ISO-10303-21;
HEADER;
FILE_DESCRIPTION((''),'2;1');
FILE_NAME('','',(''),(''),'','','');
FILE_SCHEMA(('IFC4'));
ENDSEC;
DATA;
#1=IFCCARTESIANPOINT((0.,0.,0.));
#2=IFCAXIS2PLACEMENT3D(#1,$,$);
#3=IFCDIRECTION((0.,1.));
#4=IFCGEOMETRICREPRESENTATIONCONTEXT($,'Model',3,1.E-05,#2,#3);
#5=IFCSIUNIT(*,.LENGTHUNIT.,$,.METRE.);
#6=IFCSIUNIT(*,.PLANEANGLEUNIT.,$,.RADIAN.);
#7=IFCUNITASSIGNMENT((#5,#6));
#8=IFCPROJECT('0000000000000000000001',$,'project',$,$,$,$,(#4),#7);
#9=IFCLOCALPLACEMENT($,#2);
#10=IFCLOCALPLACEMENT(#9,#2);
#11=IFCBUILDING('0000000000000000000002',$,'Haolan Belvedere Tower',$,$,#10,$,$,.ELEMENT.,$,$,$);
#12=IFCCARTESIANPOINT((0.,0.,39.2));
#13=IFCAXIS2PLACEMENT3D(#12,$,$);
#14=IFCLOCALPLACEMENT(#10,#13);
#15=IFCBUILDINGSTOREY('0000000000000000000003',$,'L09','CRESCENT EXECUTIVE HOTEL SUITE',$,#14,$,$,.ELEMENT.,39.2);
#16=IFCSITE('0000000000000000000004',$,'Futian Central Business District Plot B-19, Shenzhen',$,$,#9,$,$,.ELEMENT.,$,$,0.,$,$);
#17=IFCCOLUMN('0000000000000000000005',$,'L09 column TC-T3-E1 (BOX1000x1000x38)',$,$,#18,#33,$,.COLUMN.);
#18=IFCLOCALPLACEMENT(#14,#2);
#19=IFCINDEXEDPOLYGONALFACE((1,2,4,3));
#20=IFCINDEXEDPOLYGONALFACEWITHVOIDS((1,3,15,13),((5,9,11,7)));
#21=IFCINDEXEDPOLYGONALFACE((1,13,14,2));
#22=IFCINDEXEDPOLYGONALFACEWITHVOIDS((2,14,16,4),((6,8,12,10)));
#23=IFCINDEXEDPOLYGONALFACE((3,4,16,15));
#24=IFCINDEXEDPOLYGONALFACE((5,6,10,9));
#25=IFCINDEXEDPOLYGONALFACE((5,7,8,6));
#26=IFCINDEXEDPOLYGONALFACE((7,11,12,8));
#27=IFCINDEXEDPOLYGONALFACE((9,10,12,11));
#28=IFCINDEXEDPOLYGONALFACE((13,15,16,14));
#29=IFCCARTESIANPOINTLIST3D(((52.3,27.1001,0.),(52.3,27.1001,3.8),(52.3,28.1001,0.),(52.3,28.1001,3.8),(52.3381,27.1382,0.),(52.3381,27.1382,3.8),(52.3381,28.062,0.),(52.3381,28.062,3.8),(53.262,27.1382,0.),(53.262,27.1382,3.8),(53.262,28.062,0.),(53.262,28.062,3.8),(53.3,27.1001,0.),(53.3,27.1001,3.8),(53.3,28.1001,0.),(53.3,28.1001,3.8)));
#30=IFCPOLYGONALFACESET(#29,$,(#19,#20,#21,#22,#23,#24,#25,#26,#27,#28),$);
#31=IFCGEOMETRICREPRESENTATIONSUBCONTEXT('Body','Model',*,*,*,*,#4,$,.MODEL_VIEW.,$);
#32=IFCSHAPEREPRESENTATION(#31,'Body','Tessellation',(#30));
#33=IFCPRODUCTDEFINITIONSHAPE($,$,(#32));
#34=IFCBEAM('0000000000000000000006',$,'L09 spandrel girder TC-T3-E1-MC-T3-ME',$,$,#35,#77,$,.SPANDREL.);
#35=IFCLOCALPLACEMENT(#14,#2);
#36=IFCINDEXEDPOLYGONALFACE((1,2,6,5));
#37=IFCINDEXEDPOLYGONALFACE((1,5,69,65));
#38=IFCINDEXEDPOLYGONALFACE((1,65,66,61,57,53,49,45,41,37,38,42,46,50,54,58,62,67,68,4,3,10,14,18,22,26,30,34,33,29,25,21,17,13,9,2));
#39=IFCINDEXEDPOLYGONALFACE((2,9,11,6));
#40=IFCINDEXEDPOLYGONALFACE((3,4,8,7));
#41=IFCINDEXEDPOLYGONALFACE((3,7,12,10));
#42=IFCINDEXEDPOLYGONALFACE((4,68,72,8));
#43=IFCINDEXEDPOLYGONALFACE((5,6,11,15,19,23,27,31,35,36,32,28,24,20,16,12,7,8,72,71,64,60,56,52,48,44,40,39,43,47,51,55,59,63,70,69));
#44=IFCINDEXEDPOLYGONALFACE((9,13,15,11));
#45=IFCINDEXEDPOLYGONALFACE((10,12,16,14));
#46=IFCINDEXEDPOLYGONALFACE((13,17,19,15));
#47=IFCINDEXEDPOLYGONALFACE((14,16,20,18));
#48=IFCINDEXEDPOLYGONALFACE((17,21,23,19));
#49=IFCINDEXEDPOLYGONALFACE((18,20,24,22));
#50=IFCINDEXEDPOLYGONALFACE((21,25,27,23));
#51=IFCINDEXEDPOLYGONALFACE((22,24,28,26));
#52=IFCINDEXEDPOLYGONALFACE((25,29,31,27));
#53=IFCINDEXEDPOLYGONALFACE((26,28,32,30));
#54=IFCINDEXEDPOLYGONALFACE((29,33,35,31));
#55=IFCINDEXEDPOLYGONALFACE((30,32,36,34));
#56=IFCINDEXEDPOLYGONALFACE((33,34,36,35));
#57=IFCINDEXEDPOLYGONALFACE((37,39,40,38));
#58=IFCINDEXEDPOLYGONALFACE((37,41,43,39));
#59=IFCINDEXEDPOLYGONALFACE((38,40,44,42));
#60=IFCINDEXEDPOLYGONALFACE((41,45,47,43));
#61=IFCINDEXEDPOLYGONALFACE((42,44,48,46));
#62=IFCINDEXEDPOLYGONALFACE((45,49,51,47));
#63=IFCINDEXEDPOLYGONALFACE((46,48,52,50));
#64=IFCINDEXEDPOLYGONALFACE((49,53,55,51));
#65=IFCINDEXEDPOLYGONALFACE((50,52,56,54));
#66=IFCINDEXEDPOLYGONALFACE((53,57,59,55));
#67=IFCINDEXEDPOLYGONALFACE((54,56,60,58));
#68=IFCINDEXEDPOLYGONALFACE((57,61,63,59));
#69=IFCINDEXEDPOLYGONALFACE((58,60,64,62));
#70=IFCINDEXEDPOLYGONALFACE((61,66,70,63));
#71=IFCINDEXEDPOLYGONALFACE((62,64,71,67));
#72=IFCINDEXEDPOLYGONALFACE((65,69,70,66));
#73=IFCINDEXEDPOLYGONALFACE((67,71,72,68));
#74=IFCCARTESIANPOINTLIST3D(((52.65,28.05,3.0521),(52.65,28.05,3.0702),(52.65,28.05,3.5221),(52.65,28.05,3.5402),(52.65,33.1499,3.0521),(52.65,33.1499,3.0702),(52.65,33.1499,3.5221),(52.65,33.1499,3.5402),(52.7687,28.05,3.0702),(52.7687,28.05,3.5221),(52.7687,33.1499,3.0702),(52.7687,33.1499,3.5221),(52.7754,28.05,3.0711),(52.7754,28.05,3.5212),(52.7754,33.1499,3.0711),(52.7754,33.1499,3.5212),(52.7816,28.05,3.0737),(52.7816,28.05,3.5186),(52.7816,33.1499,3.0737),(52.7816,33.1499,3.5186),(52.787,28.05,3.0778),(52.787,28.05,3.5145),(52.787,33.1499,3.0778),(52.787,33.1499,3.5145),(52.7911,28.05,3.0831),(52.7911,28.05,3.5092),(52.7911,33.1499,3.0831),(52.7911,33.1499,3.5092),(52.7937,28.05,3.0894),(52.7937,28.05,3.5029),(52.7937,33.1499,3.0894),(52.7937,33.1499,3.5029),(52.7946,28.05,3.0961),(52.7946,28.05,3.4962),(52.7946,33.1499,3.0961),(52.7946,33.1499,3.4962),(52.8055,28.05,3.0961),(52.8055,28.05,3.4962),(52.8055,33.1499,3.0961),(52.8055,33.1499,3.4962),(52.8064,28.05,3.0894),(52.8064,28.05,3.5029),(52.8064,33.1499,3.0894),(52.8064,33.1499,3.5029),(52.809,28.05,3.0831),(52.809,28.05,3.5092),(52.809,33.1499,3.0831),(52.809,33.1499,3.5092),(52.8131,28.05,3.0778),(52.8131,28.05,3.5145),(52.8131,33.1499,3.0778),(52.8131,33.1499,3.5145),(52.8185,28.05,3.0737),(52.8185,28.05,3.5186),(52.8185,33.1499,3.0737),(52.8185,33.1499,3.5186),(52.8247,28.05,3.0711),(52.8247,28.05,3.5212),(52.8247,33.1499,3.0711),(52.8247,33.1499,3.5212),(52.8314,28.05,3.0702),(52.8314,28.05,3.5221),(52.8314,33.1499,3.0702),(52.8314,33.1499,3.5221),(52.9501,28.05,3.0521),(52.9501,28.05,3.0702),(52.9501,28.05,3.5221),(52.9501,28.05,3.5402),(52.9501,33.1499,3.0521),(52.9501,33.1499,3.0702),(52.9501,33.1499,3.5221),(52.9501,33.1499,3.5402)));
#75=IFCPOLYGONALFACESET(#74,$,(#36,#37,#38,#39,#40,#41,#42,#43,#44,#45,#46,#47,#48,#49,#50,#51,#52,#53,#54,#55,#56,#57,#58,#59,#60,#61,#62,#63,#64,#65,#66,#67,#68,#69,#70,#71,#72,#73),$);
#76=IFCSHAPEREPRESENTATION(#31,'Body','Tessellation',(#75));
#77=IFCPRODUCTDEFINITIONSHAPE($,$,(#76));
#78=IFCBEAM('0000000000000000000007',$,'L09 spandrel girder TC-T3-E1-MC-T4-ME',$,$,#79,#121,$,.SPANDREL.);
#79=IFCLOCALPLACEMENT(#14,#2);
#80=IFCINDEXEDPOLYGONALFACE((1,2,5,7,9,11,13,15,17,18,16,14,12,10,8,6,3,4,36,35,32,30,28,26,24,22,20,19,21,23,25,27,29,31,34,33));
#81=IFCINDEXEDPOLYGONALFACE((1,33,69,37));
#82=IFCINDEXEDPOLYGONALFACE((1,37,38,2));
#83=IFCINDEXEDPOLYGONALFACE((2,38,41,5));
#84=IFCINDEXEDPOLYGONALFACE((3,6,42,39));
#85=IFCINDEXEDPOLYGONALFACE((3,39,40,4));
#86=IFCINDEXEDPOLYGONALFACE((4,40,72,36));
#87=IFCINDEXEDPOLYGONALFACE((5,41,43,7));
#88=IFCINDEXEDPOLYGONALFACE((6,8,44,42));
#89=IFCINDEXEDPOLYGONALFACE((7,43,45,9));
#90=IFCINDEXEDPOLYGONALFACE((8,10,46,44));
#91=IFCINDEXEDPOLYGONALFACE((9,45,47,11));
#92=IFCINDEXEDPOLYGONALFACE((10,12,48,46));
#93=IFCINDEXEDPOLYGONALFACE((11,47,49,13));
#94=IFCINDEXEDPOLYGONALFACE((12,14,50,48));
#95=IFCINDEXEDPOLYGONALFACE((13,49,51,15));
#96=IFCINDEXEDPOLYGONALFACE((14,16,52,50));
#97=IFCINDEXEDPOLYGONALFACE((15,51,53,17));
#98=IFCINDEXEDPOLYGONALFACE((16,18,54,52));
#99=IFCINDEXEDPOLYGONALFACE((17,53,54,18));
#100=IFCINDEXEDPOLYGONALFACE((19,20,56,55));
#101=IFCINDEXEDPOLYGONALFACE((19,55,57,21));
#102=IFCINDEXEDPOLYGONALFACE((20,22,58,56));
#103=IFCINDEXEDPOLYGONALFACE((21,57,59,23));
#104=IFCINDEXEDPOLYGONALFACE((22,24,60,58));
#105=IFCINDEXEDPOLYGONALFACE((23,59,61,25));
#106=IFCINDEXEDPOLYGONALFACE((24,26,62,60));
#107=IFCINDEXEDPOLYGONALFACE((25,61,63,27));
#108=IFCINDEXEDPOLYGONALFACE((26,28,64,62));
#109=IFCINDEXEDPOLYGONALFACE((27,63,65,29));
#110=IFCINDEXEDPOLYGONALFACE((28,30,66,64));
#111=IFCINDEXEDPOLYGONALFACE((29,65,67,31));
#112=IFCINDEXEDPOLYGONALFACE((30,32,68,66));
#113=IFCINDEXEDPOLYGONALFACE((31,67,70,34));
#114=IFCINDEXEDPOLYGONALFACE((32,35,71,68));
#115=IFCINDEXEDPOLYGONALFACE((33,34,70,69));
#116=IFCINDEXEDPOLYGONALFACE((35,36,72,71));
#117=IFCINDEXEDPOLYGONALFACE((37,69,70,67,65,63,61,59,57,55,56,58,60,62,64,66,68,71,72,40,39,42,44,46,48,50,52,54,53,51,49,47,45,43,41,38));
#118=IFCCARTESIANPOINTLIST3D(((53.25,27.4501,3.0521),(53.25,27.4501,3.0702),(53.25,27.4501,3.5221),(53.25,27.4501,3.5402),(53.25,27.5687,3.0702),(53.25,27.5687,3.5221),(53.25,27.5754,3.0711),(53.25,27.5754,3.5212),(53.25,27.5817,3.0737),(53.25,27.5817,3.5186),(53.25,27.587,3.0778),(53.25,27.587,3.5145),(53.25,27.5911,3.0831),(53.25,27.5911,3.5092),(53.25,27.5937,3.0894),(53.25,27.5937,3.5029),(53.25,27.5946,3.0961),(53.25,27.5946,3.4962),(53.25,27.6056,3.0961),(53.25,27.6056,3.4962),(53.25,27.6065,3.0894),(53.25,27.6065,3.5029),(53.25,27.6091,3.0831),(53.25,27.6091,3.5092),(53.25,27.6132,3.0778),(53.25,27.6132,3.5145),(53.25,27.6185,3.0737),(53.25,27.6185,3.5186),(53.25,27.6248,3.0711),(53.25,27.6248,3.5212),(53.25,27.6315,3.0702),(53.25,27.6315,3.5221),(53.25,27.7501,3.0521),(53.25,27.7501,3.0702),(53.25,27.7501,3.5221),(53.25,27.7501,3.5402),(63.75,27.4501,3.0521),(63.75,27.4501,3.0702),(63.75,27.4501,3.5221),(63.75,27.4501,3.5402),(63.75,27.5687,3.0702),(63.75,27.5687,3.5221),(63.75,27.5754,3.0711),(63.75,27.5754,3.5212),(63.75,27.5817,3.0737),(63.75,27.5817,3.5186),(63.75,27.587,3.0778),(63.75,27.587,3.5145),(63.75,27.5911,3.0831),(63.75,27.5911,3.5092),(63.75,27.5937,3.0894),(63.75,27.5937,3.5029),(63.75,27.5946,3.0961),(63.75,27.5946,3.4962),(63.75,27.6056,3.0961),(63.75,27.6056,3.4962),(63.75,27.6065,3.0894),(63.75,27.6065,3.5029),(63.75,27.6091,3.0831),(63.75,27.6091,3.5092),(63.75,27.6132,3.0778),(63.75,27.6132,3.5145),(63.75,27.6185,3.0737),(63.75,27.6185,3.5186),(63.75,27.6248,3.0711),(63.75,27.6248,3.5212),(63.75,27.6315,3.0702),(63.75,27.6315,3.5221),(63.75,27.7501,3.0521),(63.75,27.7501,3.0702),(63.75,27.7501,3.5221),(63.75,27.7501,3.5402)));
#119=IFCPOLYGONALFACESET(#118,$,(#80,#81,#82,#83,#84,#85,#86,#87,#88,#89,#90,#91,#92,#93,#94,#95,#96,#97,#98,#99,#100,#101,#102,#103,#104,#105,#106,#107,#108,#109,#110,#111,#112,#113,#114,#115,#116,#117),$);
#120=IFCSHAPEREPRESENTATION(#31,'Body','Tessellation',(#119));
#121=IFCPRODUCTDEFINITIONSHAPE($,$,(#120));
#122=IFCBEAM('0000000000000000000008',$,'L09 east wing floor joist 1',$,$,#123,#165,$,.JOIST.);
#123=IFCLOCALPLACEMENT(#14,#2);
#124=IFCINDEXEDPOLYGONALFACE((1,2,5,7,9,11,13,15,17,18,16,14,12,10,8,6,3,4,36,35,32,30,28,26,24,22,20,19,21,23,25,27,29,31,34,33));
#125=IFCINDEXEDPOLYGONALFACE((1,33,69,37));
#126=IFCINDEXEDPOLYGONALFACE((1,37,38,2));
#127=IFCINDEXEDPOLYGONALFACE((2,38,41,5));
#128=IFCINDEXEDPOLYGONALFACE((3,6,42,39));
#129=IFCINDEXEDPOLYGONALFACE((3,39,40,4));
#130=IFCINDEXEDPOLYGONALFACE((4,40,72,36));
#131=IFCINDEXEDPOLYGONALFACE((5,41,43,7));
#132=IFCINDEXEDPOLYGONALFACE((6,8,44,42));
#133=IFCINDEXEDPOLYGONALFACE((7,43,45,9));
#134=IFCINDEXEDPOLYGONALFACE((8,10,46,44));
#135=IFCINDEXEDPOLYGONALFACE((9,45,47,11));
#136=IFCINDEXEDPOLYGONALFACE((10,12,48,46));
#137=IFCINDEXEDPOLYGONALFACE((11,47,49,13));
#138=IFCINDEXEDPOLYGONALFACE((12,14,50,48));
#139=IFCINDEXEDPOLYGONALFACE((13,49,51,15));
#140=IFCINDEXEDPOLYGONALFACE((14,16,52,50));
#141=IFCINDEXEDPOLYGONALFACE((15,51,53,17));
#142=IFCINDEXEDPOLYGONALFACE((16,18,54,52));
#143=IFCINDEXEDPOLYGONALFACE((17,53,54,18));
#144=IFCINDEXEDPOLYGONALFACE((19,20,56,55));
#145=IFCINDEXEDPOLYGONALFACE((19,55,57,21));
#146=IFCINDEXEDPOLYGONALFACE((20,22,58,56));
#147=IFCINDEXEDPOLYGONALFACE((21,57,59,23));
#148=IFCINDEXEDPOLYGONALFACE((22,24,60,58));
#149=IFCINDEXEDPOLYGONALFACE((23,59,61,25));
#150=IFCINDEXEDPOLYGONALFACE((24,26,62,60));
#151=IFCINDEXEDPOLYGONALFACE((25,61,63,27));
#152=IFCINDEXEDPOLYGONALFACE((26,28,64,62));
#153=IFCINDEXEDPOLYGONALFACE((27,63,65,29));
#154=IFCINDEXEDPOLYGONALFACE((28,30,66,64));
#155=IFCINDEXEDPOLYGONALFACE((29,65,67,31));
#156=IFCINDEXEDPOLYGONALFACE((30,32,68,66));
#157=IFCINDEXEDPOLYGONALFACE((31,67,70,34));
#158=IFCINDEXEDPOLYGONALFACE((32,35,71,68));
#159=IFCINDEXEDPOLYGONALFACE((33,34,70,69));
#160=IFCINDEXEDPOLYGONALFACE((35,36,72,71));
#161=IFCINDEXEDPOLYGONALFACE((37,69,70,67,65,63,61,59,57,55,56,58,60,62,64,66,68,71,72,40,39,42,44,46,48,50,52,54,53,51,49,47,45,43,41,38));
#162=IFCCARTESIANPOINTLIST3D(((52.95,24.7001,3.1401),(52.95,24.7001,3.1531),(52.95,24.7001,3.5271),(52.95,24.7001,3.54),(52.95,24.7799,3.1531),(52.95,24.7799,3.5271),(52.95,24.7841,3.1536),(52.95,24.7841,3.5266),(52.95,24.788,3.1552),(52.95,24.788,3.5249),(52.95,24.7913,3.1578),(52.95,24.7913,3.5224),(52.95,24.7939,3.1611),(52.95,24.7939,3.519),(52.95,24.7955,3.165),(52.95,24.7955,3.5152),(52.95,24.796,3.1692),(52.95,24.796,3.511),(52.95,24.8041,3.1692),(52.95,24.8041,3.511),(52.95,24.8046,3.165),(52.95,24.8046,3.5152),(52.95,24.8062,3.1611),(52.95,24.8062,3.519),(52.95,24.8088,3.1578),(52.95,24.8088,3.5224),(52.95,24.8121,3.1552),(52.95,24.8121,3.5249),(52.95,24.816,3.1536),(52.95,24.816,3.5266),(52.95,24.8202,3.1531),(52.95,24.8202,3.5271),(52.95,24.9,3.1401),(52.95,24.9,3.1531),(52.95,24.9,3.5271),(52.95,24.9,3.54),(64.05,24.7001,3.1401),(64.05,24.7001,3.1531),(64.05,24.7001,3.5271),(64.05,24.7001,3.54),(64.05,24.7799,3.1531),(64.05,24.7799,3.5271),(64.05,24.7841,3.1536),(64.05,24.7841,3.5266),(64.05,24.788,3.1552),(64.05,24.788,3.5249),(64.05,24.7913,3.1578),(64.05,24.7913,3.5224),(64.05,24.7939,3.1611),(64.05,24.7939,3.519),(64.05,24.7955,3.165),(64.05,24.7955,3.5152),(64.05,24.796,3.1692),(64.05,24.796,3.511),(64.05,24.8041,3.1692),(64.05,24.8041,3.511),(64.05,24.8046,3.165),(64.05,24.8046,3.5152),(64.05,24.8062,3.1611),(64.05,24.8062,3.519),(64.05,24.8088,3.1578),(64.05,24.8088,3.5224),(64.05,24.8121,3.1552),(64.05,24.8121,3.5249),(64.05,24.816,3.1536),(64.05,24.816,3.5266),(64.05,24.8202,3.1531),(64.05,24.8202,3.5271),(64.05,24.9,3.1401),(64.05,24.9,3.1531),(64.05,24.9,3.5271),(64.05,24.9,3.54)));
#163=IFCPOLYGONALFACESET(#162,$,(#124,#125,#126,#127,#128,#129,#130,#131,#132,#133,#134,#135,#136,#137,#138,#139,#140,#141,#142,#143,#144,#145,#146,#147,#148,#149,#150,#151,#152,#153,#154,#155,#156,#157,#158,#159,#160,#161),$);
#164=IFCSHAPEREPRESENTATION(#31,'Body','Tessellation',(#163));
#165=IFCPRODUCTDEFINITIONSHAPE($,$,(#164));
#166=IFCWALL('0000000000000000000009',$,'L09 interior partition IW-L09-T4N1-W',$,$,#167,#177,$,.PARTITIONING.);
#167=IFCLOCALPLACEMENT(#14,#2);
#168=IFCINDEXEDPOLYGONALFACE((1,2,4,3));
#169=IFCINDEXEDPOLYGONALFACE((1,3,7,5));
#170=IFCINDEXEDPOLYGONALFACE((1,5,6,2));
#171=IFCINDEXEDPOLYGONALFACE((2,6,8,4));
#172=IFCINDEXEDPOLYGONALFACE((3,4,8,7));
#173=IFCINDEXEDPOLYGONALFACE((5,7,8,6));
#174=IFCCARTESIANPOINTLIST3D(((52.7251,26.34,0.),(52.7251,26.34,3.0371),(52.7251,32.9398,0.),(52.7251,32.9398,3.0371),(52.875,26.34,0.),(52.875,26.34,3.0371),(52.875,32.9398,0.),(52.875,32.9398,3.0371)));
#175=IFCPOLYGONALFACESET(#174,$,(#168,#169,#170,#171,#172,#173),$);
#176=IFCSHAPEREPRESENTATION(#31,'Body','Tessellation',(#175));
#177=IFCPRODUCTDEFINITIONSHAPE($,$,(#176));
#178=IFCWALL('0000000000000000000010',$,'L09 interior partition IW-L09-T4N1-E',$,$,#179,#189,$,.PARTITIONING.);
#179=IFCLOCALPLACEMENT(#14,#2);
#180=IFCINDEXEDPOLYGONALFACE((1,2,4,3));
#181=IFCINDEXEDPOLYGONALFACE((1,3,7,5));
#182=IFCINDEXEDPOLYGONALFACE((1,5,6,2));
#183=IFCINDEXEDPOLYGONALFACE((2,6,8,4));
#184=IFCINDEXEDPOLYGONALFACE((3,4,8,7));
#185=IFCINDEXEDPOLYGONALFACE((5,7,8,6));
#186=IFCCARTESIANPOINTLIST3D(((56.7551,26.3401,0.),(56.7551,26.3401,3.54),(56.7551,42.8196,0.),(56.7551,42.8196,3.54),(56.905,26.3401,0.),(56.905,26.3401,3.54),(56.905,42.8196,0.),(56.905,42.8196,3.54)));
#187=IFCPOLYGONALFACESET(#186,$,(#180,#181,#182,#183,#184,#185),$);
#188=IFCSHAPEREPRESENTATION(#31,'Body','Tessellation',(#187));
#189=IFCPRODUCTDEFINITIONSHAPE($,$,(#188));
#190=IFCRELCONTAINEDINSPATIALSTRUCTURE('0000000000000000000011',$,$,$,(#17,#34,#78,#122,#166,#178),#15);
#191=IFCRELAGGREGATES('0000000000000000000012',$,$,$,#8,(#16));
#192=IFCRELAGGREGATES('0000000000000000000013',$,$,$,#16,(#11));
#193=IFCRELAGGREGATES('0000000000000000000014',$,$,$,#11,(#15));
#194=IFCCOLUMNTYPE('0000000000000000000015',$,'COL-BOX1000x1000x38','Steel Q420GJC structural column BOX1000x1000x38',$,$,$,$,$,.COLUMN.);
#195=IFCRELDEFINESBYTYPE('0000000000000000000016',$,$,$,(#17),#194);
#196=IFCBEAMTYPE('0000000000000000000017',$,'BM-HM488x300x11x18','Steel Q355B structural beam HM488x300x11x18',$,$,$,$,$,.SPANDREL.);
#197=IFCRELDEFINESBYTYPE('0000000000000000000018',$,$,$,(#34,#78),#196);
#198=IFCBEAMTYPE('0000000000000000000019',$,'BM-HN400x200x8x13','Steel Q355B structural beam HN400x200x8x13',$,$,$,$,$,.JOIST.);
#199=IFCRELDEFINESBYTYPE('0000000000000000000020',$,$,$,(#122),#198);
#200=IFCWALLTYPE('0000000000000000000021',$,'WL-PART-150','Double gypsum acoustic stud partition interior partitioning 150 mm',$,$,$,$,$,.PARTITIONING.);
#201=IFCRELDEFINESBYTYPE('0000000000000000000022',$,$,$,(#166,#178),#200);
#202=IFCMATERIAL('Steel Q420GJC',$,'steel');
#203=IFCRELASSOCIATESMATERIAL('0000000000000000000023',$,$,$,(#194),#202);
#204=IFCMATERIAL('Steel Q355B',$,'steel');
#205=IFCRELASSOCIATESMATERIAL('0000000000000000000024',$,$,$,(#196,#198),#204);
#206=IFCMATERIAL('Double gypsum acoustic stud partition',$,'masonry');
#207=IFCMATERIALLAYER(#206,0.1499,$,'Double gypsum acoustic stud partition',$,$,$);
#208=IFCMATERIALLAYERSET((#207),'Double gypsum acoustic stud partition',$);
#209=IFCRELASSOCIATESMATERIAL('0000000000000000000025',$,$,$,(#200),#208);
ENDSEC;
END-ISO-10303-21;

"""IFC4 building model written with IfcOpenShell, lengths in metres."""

from ifc_helpers import new_model, si_unit, direction, frame, frame_2d, origin, origin_2d, place, context, subcontext, project, spatial, rectangle, hollow_rectangle, i_section, extrude, material, layer, layer_set, material_profile, profile_set, type_object, element, save


model = new_model("IFC4")

# Units and contexts
model_context = context("Model", 3, precision=1e-05, world=origin(), true_north=direction((0.0, 1.0)))
body_context = subcontext(model_context, "Body", "Model", "MODEL_VIEW")
ifc_project = project(units=[si_unit("LENGTHUNIT", "METRE"), si_unit("PLANEANGLEUNIT", "RADIAN")], contexts=[model_context])

# Site, building, storey
site_placement = place(None, origin())
site = spatial("IfcSite", under=ifc_project, at=site_placement, Name="Futian Central Business District Plot B-19, Shenzhen", CompositionType="ELEMENT", RefElevation=0.0)
building_placement = place(site_placement, origin())
building = spatial("IfcBuilding", under=site, at=building_placement, Name="Haolan Belvedere Tower", CompositionType="ELEMENT")
storey_placement = place(building_placement, frame((0.0, 0.0, 39.2)))
storey = spatial("IfcBuildingStorey", under=building, at=storey_placement, Name="L09", Description="CRESCENT EXECUTIVE HOTEL SUITE", CompositionType="ELEMENT", Elevation=39.2)

# Column
ifc_material_1 = material(Name="Steel Q420GJC", Category="steel")
ifc_material_profile_1 = material_profile(ifc_material_1, hollow_rectangle(XDim=1.0, YDim=1.0, WallThickness=0.0381, at=origin_2d()), Name="Steel Q420GJC")
ifc_profile_set_1 = profile_set([ifc_material_profile_1], Name="Steel Q420GJC")
column_type = type_object("IfcColumnType", Name="COL-BOX1000x1000x38", Description="Steel Q420GJC structural column BOX1000x1000x38", PredefinedType="COLUMN", material=ifc_profile_set_1)
column_placement = place(storey_placement, frame((52.8, 27.6001, 0.0), z_axis=(0.0, 0.0, 1.0), x_axis=(1.0, 0.0, 0.0)))
element("IfcColumn", 1, at=column_placement, inside=storey, type_object=column_type, Name="L09 column TC-T3-E1 (BOX1000x1000x38)", PredefinedType="COLUMN", context=body_context, shape_type="SweptSolid", body=[
    extrude(hollow_rectangle(XDim=1.0, YDim=1.0, WallThickness=0.0381, at=origin_2d()), origin(), (0.0, 0.0, 1.0), 3.8),
])

# Beams
ifc_material_2 = material(Name="Steel Q355B", Category="steel")
ifc_material_profile_2 = material_profile(ifc_material_2, i_section(OverallWidth=0.3, OverallDepth=0.488, WebThickness=0.011, FlangeThickness=0.0181, FilletRadius=0.0259, at=origin_2d()), Name="Steel Q355B")
ifc_profile_set_2 = profile_set([ifc_material_profile_2], Name="Steel Q355B")
beam_type_1 = type_object("IfcBeamType", Name="BM-HM488x300x11x18", Description="Steel Q355B structural beam HM488x300x11x18", PredefinedType="SPANDREL", material=ifc_profile_set_2)
beam_1_placement = place(storey_placement, frame((52.8, 28.05, 3.2961), z_axis=(0.0, 1.0, 0.0), x_axis=(-1.0, 0.0, 0.0)))
element("IfcBeam", 2, at=beam_1_placement, inside=storey, type_object=beam_type_1, Name="L09 spandrel girder TC-T3-E1-MC-T3-ME", PredefinedType="SPANDREL", context=body_context, shape_type="SweptSolid", body=[
    extrude(i_section(OverallWidth=0.3, OverallDepth=0.488, WebThickness=0.011, FlangeThickness=0.0181, FilletRadius=0.0259, at=origin_2d()), origin(), (0.0, 0.0, 1.0), 5.0999),
])
beam_2_placement = place(storey_placement, frame((53.25, 27.6001, 3.2961), z_axis=(1.0, 0.0, 0.0), x_axis=(0.0, 1.0, 0.0)))
element("IfcBeam", 3, at=beam_2_placement, inside=storey, type_object=beam_type_1, Name="L09 spandrel girder TC-T3-E1-MC-T4-ME", PredefinedType="SPANDREL", context=body_context, shape_type="SweptSolid", body=[
    extrude(i_section(OverallWidth=0.3, OverallDepth=0.488, WebThickness=0.011, FlangeThickness=0.0181, FilletRadius=0.0259, at=origin_2d()), origin(), (0.0, 0.0, 1.0), 10.5),
])
ifc_material_profile_3 = material_profile(ifc_material_2, i_section(OverallWidth=0.2, OverallDepth=0.3999, WebThickness=0.0081, FlangeThickness=0.0129, FilletRadius=0.0161, at=origin_2d()), Name="Steel Q355B")
ifc_profile_set_3 = profile_set([ifc_material_profile_3], Name="Steel Q355B")
beam_type_2 = type_object("IfcBeamType", Name="BM-HN400x200x8x13", Description="Steel Q355B structural beam HN400x200x8x13", PredefinedType="JOIST", material=ifc_profile_set_3)
beam_3_placement = place(storey_placement, frame((52.95, 24.8, 3.3401), z_axis=(1.0, 0.0, 0.0), x_axis=(0.0, 1.0, 0.0)))
element("IfcBeam", 4, at=beam_3_placement, inside=storey, type_object=beam_type_2, Name="L09 east wing floor joist 1", PredefinedType="JOIST", context=body_context, shape_type="SweptSolid", body=[
    extrude(i_section(OverallWidth=0.2, OverallDepth=0.3999, WebThickness=0.0081, FlangeThickness=0.0129, FilletRadius=0.0161, at=origin_2d()), origin(), (0.0, 0.0, 1.0), 11.1001),
])

# Walls
ifc_material_3 = material(Name="Double gypsum acoustic stud partition", Category="masonry")
ifc_layer_1 = layer(ifc_material_3, 0.1499, Name="Double gypsum acoustic stud partition")
ifc_layer_set_1 = layer_set([ifc_layer_1], Name="Double gypsum acoustic stud partition")
wall_type_1 = type_object("IfcWallType", Name="WL-PART-150", Description="Double gypsum acoustic stud partition interior partitioning 150 mm", PredefinedType="PARTITIONING", material=ifc_layer_set_1)
wall_1_placement = place(storey_placement, frame((52.8, 26.3401, 0.0), z_axis=(0.0, 0.0, 1.0), x_axis=(0.0, 1.0, 0.0)))
element("IfcWall", 5, at=wall_1_placement, inside=storey, type_object=wall_type_1, Name="L09 interior partition IW-L09-T4N1-W", PredefinedType="PARTITIONING", context=body_context, shape_type="SweptSolid", body=[
    extrude(rectangle(XDim=6.5999, YDim=0.1499, at=frame_2d((3.2998, 0.0))), origin(), (0.0, 0.0, 1.0), 3.0371),
])
wall_2_placement = place(storey_placement, frame((56.8301, 26.3401, 0.0), z_axis=(0.0, 0.0, 1.0), x_axis=(0.0, 1.0, 0.0)))
element("IfcWall", 6, at=wall_2_placement, inside=storey, type_object=wall_type_1, Name="L09 interior partition IW-L09-T4N1-E", PredefinedType="PARTITIONING", context=body_context, shape_type="SweptSolid", body=[
    extrude(rectangle(XDim=16.4795, YDim=0.1499, at=frame_2d((8.2397, 0.0))), origin(), (0.0, 0.0, 1.0), 3.54),
])

save(model, "model.ifc")
